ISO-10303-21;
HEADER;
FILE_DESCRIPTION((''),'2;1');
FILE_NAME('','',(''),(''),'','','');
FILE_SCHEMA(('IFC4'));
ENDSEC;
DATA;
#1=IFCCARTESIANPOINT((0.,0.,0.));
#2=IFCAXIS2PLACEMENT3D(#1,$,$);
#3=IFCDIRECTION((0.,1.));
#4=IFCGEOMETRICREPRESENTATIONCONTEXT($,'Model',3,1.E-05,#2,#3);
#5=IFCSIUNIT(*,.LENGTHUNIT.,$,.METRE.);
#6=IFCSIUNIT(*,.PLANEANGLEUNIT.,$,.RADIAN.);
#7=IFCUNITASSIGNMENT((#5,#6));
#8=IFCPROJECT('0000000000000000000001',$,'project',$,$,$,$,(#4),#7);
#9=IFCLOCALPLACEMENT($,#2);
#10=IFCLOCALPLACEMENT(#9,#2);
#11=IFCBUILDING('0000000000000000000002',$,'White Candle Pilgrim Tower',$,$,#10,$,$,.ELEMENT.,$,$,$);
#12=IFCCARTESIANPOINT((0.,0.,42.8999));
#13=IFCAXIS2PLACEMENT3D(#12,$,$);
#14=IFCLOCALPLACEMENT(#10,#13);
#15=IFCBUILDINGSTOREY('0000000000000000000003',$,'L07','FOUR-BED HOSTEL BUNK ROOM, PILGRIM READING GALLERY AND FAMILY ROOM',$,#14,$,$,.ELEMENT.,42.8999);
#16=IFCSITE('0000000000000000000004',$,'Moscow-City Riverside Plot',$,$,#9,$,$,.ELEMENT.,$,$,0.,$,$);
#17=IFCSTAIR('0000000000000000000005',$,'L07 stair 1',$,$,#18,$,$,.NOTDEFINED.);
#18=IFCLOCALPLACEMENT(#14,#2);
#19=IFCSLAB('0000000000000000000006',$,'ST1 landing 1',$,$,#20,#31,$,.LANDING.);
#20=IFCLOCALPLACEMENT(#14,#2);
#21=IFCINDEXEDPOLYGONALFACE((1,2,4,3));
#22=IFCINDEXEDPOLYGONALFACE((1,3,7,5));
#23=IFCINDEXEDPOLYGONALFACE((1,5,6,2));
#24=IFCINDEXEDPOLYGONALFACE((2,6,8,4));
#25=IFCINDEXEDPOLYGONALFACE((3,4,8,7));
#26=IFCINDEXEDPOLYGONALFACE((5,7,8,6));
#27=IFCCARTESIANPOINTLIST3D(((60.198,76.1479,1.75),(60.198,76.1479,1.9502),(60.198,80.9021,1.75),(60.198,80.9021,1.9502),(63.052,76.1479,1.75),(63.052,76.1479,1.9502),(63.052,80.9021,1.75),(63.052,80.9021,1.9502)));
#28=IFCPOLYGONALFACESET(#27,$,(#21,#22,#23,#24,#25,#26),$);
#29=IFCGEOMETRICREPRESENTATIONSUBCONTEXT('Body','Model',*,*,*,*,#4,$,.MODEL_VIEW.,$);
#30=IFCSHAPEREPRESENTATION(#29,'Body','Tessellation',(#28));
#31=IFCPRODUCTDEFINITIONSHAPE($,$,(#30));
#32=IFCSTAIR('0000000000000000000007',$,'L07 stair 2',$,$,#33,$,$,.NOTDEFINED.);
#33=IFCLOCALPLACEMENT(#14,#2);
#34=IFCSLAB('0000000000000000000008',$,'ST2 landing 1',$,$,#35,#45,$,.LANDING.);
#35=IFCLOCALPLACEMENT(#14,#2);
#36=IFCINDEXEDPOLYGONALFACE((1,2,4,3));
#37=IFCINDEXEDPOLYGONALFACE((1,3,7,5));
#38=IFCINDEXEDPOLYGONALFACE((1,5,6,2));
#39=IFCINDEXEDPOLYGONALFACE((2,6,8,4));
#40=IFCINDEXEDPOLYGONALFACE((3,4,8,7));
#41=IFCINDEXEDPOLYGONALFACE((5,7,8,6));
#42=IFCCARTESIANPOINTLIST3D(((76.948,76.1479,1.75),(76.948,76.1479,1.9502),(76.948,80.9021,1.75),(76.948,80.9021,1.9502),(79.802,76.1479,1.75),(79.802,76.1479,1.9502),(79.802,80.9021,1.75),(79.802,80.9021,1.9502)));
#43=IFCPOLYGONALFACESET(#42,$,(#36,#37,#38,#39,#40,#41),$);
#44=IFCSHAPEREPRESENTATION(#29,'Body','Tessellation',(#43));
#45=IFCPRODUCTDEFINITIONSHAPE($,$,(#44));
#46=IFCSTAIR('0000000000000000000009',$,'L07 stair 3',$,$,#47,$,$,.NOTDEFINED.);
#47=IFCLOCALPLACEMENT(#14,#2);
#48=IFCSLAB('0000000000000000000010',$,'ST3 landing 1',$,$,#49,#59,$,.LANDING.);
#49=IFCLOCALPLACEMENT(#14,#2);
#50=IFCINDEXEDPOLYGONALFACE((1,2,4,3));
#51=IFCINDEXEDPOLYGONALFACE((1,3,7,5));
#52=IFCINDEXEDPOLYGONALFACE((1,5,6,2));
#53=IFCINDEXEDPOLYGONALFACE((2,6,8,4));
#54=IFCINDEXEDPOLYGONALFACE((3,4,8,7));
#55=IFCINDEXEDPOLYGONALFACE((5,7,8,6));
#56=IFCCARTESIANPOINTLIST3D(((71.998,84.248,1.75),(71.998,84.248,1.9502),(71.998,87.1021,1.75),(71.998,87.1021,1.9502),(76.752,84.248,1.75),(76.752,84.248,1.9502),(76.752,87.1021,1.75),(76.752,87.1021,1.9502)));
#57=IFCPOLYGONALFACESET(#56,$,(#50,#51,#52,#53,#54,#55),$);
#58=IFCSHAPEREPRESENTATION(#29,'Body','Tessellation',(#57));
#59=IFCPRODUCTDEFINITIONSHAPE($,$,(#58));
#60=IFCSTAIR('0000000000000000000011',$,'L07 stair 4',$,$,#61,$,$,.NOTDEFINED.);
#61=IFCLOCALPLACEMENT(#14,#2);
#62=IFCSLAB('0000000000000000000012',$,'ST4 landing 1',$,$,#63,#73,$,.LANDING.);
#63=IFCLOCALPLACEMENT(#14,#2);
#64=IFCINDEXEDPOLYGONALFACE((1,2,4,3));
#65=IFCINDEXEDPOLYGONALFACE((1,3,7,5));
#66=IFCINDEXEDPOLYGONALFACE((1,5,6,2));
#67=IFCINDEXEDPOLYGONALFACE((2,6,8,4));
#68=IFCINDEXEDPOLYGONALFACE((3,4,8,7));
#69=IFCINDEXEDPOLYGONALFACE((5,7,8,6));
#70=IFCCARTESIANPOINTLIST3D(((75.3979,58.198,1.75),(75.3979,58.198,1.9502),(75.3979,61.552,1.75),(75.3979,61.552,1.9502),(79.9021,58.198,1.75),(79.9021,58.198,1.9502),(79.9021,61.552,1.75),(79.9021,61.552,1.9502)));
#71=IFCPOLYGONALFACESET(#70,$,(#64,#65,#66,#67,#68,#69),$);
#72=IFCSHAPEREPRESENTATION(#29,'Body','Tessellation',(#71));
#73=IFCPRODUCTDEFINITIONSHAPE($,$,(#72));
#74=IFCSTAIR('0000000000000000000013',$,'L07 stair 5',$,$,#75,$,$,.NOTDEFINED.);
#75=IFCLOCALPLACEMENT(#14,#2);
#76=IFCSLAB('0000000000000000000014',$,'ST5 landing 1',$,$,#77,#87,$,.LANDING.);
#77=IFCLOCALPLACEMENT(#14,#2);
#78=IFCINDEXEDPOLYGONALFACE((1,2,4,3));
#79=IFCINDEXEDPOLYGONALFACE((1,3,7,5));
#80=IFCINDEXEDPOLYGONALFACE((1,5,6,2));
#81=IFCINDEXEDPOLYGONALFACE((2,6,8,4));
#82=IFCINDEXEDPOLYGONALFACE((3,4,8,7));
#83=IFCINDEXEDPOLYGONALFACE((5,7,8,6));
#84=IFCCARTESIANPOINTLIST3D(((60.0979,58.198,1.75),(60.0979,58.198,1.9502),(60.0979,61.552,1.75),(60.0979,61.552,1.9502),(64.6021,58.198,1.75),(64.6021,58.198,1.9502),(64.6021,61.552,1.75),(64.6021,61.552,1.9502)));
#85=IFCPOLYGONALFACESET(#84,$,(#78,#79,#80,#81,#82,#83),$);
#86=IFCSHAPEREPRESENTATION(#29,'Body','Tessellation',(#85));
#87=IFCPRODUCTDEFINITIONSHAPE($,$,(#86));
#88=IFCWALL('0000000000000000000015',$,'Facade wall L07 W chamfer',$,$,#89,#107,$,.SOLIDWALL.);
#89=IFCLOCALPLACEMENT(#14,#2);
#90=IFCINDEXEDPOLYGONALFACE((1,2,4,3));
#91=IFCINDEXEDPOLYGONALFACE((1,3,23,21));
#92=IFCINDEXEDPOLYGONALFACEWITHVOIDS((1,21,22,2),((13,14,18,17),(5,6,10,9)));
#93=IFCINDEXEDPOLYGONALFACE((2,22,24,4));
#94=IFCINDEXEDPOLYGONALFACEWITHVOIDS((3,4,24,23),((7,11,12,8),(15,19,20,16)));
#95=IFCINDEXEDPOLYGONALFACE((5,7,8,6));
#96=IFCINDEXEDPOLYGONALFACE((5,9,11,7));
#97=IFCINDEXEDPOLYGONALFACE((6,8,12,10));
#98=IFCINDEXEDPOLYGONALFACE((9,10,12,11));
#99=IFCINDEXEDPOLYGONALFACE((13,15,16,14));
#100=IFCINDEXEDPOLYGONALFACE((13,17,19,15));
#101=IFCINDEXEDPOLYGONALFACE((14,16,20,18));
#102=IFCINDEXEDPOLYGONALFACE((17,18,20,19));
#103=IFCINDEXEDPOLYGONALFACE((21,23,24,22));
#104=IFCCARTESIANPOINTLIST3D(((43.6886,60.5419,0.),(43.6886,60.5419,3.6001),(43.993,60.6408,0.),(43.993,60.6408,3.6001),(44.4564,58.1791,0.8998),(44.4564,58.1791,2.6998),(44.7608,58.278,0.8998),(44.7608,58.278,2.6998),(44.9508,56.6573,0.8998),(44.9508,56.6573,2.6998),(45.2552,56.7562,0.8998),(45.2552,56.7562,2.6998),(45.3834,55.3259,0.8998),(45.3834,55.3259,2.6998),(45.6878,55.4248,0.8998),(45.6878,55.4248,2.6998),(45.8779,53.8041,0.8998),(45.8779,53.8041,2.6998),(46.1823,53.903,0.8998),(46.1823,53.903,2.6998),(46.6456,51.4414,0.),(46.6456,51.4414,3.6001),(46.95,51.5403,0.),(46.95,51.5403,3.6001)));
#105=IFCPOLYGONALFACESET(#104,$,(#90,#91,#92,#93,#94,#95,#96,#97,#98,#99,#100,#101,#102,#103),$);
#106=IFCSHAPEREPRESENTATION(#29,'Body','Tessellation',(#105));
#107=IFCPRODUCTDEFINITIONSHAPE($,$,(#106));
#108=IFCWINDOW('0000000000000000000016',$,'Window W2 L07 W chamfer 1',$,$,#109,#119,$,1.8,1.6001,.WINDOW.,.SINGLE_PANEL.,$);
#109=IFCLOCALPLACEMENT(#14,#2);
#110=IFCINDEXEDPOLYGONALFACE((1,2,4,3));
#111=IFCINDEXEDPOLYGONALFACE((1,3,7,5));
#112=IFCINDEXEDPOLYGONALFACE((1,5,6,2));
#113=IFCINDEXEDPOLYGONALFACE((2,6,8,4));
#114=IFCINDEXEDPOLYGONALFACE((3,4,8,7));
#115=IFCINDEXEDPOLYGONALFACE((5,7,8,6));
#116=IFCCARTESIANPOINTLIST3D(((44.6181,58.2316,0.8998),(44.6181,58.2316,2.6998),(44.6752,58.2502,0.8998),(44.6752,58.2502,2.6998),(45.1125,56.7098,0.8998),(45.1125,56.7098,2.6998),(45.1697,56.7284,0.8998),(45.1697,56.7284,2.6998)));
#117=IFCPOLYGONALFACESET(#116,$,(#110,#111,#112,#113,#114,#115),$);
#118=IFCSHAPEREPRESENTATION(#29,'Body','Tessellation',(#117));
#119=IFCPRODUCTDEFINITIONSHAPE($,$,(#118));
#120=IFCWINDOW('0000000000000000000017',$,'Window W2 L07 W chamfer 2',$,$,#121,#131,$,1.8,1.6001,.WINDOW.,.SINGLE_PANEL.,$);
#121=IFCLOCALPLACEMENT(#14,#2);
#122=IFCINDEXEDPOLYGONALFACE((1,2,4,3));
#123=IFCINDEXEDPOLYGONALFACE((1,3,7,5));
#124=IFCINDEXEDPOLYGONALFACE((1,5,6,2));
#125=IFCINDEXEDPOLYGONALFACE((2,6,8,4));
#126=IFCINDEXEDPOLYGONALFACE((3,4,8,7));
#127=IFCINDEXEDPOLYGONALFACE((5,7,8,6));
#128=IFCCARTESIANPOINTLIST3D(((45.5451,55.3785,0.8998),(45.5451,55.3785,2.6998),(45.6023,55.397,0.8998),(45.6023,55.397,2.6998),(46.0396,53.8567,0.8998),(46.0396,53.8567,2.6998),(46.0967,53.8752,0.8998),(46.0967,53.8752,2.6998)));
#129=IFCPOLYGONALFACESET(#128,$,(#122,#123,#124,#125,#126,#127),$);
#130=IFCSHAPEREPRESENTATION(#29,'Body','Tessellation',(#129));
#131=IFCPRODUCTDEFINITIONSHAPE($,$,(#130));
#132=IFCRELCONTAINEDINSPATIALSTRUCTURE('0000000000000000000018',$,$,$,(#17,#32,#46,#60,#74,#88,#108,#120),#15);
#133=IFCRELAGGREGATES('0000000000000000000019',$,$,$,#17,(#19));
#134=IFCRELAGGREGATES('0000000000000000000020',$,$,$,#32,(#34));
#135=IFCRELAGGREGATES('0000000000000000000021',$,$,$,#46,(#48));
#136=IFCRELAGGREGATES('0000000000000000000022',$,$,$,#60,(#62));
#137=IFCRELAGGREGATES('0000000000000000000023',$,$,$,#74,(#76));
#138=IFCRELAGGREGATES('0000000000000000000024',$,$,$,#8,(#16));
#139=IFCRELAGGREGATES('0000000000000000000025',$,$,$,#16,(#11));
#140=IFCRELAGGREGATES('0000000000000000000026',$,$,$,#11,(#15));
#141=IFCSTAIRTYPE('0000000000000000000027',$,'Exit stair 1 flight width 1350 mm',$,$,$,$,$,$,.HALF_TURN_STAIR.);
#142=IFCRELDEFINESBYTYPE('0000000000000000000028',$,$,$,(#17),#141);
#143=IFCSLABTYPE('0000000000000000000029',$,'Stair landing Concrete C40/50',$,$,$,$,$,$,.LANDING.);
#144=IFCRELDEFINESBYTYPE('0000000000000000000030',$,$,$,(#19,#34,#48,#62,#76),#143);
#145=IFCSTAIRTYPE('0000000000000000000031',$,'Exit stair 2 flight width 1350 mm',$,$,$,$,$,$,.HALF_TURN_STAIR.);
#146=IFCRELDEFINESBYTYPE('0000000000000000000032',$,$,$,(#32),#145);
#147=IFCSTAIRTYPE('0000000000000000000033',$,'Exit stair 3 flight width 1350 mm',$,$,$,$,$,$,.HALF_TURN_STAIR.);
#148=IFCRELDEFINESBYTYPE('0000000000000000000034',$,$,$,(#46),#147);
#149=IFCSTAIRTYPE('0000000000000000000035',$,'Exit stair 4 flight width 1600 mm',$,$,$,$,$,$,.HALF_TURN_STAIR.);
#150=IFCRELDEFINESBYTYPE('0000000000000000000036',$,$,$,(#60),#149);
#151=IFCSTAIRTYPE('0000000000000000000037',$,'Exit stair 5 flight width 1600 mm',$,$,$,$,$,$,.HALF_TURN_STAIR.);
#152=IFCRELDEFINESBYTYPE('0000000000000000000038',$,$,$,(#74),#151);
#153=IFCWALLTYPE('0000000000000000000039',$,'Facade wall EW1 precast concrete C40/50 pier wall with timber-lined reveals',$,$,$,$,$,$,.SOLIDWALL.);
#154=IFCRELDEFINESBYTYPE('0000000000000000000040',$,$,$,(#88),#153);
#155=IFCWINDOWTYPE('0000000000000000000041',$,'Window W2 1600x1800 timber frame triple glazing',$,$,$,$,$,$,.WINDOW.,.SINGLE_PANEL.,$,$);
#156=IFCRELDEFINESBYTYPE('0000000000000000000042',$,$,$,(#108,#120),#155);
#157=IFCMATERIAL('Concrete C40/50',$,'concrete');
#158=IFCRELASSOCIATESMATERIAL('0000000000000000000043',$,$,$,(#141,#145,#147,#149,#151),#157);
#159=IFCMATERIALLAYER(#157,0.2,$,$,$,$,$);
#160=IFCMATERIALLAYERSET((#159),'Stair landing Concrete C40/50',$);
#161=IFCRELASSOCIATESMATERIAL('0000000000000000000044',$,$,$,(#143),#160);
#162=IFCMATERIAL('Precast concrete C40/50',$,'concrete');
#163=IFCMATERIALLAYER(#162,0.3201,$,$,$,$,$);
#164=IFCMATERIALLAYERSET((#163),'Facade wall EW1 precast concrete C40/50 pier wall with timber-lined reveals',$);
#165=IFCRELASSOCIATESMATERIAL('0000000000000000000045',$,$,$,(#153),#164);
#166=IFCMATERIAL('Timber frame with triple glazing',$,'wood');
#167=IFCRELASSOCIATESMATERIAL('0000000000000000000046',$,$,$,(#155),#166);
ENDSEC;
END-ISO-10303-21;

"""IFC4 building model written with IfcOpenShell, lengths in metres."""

from ifc_helpers import new_model, si_unit, direction, frame, frame_2d, origin, place, context, subcontext, project, spatial, polyline, rectangle, outline, extrude, material, layer, layer_set, type_object, element, fill, aggregate, save


model = new_model("IFC4")

# Units and contexts
model_context = context("Model", 3, precision=1e-05, world=origin(), true_north=direction((0.0, 1.0)))
body_context = subcontext(model_context, "Body", "Model", "MODEL_VIEW")
ifc_project = project(units=[si_unit("LENGTHUNIT", "METRE"), si_unit("PLANEANGLEUNIT", "RADIAN")], contexts=[model_context])

# Site, building, storey
site_placement = place(None, origin())
site = spatial("IfcSite", under=ifc_project, at=site_placement, Name="Moscow-City Riverside Plot", CompositionType="ELEMENT", RefElevation=0.0)
building_placement = place(site_placement, origin())
building = spatial("IfcBuilding", under=site, at=building_placement, Name="White Candle Pilgrim Tower", CompositionType="ELEMENT")
storey_placement = place(building_placement, frame((0.0, 0.0, 42.8999)))
storey = spatial("IfcBuildingStorey", under=building, at=storey_placement, Name="L07", Description="FOUR-BED HOSTEL BUNK ROOM, PILGRIM READING GALLERY AND FAMILY ROOM", CompositionType="ELEMENT", Elevation=42.8999)

# Shared definitions
ifc_material_1 = material(Name="Concrete C40/50", Category="concrete")

# Stairs, slabs
stair_type_1 = type_object("IfcStairType", Name="Exit stair 1 flight width 1350 mm", PredefinedType="HALF_TURN_STAIR", material=ifc_material_1)
stair_1_placement = place(storey_placement, origin())
stair_1 = element("IfcStair", 1, at=stair_1_placement, inside=storey, type_object=stair_type_1, Name="L07 stair 1", PredefinedType="NOTDEFINED")
ifc_layer_1 = layer(ifc_material_1, 0.2)
ifc_layer_set_1 = layer_set([ifc_layer_1], Name="Stair landing Concrete C40/50")
slab_type_1 = type_object("IfcSlabType", Name="Stair landing Concrete C40/50", PredefinedType="LANDING", material=ifc_layer_set_1)
slab_1_placement = place(storey_placement, frame((0.0, 0.0, 1.75)))
slab_1 = element("IfcSlab", 2, at=slab_1_placement, type_object=slab_type_1, Name="ST1 landing 1", PredefinedType="LANDING", context=body_context, shape_type="SweptSolid", body=[
    extrude(outline(polyline([(63.052, 76.1479), (60.198, 76.1479), (60.198, 80.9021), (63.052, 80.9021), (63.052, 76.1479)])), origin(), (0.0, 0.0, 1.0), 0.2002),
])
aggregate(stair_1, [slab_1])
stair_type_2 = type_object("IfcStairType", Name="Exit stair 2 flight width 1350 mm", PredefinedType="HALF_TURN_STAIR", material=ifc_material_1)
stair_2_placement = place(storey_placement, origin())
stair_2 = element("IfcStair", 3, at=stair_2_placement, inside=storey, type_object=stair_type_2, Name="L07 stair 2", PredefinedType="NOTDEFINED")
slab_2_placement = place(storey_placement, frame((0.0, 0.0, 1.75)))
slab_2 = element("IfcSlab", 4, at=slab_2_placement, type_object=slab_type_1, Name="ST2 landing 1", PredefinedType="LANDING", context=body_context, shape_type="SweptSolid", body=[
    extrude(outline(polyline([(79.802, 76.1479), (76.948, 76.1479), (76.948, 80.9021), (79.802, 80.9021), (79.802, 76.1479)])), origin(), (0.0, 0.0, 1.0), 0.2002),
])
aggregate(stair_2, [slab_2])
stair_type_3 = type_object("IfcStairType", Name="Exit stair 3 flight width 1350 mm", PredefinedType="HALF_TURN_STAIR", material=ifc_material_1)
stair_3_placement = place(storey_placement, origin())
stair_3 = element("IfcStair", 5, at=stair_3_placement, inside=storey, type_object=stair_type_3, Name="L07 stair 3", PredefinedType="NOTDEFINED")
slab_3_placement = place(storey_placement, frame((0.0, 0.0, 1.75)))
slab_3 = element("IfcSlab", 6, at=slab_3_placement, type_object=slab_type_1, Name="ST3 landing 1", PredefinedType="LANDING", context=body_context, shape_type="SweptSolid", body=[
    extrude(outline(polyline([(71.998, 84.248), (71.998, 87.1021), (76.752, 87.1021), (76.752, 84.248), (71.998, 84.248)])), origin(), (0.0, 0.0, 1.0), 0.2002),
])
aggregate(stair_3, [slab_3])
stair_type_4 = type_object("IfcStairType", Name="Exit stair 4 flight width 1600 mm", PredefinedType="HALF_TURN_STAIR", material=ifc_material_1)
stair_4_placement = place(storey_placement, origin())
stair_4 = element("IfcStair", 7, at=stair_4_placement, inside=storey, type_object=stair_type_4, Name="L07 stair 4", PredefinedType="NOTDEFINED")
slab_4_placement = place(storey_placement, frame((0.0, 0.0, 1.75)))
slab_4 = element("IfcSlab", 8, at=slab_4_placement, type_object=slab_type_1, Name="ST4 landing 1", PredefinedType="LANDING", context=body_context, shape_type="SweptSolid", body=[
    extrude(outline(polyline([(79.9021, 61.552), (79.9021, 58.198), (75.3979, 58.198), (75.3979, 61.552), (79.9021, 61.552)])), origin(), (0.0, 0.0, 1.0), 0.2002),
])
aggregate(stair_4, [slab_4])
stair_type_5 = type_object("IfcStairType", Name="Exit stair 5 flight width 1600 mm", PredefinedType="HALF_TURN_STAIR", material=ifc_material_1)
stair_5_placement = place(storey_placement, origin())
stair_5 = element("IfcStair", 9, at=stair_5_placement, inside=storey, type_object=stair_type_5, Name="L07 stair 5", PredefinedType="NOTDEFINED")
slab_5_placement = place(storey_placement, frame((0.0, 0.0, 1.75)))
slab_5 = element("IfcSlab", 10, at=slab_5_placement, type_object=slab_type_1, Name="ST5 landing 1", PredefinedType="LANDING", context=body_context, shape_type="SweptSolid", body=[
    extrude(outline(polyline([(60.0979, 58.198), (60.0979, 61.552), (64.6021, 61.552), (64.6021, 58.198), (60.0979, 58.198)])), origin(), (0.0, 0.0, 1.0), 0.2002),
])
aggregate(stair_5, [slab_5])

# Wall, openings, windows
ifc_material_2 = material(Name="Precast concrete C40/50", Category="concrete")
ifc_layer_2 = layer(ifc_material_2, 0.3201)
ifc_layer_set_2 = layer_set([ifc_layer_2], Name="Facade wall EW1 precast concrete C40/50 pier wall with timber-lined reveals")
wall_type_1 = type_object("IfcWallType", Name="Facade wall EW1 precast concrete C40/50 pier wall with timber-lined reveals", PredefinedType="SOLIDWALL", material=ifc_layer_set_2)
wall_1_placement = place(storey_placement, frame((43.8408, 60.5913, 0.0), z_axis=(0.0, 0.0, 1.0), x_axis=(0.309024, -0.951054, 0.0)))
wall_1 = element("IfcWall", 11, at=wall_1_placement, inside=storey, type_object=wall_type_1, Name="Facade wall L07 W chamfer", PredefinedType="SOLIDWALL", context=body_context, shape_type="SweptSolid", body=[
    extrude(rectangle(XDim=9.5688, YDim=0.3201, at=frame_2d((4.7844, 0.0))), origin(), (0.0, 0.0, 1.0), 3.6001),
])
opening_1_placement = place(wall_1_placement, frame((2.4844, 0.0, 0.8999)))
opening_1 = element("IfcOpeningElement", 12, at=opening_1_placement, cuts=wall_1, PredefinedType="OPENING", context=body_context, shape_type="SweptSolid", body=[
    extrude(rectangle(XDim=1.6001, YDim=1.8, at=frame_2d((0.8, 0.8999))), frame((0.0, 0.1699, 0.0), z_axis=(0.0, -1.0, 0.0), x_axis=(1.0, 0.0, 0.0)), (0.0, 0.0, 1.0), 0.3401),
])
opening_2_placement = place(wall_1_placement, frame((5.4844, 0.0, 0.8999)))
opening_2 = element("IfcOpeningElement", 13, at=opening_2_placement, cuts=wall_1, PredefinedType="OPENING", context=body_context, shape_type="SweptSolid", body=[
    extrude(rectangle(XDim=1.6001, YDim=1.8, at=frame_2d((0.8, 0.8999))), frame((0.0, 0.1699, 0.0), z_axis=(0.0, -1.0, 0.0), x_axis=(1.0, 0.0, 0.0)), (0.0, 0.0, 1.0), 0.3401),
])
ifc_material_3 = material(Name="Timber frame with triple glazing", Category="wood")
window_type_1 = type_object("IfcWindowType", Name="Window W2 1600x1800 timber frame triple glazing", PartitioningType="SINGLE_PANEL", PredefinedType="WINDOW", material=ifc_material_3)
window_1_placement = place(opening_1_placement, origin())
window_1 = element("IfcWindow", 14, at=window_1_placement, inside=storey, type_object=window_type_1, Name="Window W2 L07 W chamfer 1", OverallHeight=1.8, OverallWidth=1.6001, PartitioningType="SINGLE_PANEL", PredefinedType="WINDOW", context=body_context, shape_type="SweptSolid", body=[
    extrude(rectangle(XDim=1.6001, YDim=1.8, at=frame_2d((0.8, 0.8999))), frame((0.0, 0.0701, 0.0), z_axis=(0.0, -1.0, 0.0), x_axis=(1.0, 0.0, 0.0)), (0.0, 0.0, 1.0), 0.0601),
])
fill(opening_1, window_1)
window_2_placement = place(opening_2_placement, origin())
window_2 = element("IfcWindow", 15, at=window_2_placement, inside=storey, type_object=window_type_1, Name="Window W2 L07 W chamfer 2", OverallHeight=1.8, OverallWidth=1.6001, PartitioningType="SINGLE_PANEL", PredefinedType="WINDOW", context=body_context, shape_type="SweptSolid", body=[
    extrude(rectangle(XDim=1.6001, YDim=1.8, at=frame_2d((0.8, 0.8999))), frame((0.0, 0.0701, 0.0), z_axis=(0.0, -1.0, 0.0), x_axis=(1.0, 0.0, 0.0)), (0.0, 0.0, 1.0), 0.0601),
])
fill(opening_2, window_2)

save(model, "model.ifc")
